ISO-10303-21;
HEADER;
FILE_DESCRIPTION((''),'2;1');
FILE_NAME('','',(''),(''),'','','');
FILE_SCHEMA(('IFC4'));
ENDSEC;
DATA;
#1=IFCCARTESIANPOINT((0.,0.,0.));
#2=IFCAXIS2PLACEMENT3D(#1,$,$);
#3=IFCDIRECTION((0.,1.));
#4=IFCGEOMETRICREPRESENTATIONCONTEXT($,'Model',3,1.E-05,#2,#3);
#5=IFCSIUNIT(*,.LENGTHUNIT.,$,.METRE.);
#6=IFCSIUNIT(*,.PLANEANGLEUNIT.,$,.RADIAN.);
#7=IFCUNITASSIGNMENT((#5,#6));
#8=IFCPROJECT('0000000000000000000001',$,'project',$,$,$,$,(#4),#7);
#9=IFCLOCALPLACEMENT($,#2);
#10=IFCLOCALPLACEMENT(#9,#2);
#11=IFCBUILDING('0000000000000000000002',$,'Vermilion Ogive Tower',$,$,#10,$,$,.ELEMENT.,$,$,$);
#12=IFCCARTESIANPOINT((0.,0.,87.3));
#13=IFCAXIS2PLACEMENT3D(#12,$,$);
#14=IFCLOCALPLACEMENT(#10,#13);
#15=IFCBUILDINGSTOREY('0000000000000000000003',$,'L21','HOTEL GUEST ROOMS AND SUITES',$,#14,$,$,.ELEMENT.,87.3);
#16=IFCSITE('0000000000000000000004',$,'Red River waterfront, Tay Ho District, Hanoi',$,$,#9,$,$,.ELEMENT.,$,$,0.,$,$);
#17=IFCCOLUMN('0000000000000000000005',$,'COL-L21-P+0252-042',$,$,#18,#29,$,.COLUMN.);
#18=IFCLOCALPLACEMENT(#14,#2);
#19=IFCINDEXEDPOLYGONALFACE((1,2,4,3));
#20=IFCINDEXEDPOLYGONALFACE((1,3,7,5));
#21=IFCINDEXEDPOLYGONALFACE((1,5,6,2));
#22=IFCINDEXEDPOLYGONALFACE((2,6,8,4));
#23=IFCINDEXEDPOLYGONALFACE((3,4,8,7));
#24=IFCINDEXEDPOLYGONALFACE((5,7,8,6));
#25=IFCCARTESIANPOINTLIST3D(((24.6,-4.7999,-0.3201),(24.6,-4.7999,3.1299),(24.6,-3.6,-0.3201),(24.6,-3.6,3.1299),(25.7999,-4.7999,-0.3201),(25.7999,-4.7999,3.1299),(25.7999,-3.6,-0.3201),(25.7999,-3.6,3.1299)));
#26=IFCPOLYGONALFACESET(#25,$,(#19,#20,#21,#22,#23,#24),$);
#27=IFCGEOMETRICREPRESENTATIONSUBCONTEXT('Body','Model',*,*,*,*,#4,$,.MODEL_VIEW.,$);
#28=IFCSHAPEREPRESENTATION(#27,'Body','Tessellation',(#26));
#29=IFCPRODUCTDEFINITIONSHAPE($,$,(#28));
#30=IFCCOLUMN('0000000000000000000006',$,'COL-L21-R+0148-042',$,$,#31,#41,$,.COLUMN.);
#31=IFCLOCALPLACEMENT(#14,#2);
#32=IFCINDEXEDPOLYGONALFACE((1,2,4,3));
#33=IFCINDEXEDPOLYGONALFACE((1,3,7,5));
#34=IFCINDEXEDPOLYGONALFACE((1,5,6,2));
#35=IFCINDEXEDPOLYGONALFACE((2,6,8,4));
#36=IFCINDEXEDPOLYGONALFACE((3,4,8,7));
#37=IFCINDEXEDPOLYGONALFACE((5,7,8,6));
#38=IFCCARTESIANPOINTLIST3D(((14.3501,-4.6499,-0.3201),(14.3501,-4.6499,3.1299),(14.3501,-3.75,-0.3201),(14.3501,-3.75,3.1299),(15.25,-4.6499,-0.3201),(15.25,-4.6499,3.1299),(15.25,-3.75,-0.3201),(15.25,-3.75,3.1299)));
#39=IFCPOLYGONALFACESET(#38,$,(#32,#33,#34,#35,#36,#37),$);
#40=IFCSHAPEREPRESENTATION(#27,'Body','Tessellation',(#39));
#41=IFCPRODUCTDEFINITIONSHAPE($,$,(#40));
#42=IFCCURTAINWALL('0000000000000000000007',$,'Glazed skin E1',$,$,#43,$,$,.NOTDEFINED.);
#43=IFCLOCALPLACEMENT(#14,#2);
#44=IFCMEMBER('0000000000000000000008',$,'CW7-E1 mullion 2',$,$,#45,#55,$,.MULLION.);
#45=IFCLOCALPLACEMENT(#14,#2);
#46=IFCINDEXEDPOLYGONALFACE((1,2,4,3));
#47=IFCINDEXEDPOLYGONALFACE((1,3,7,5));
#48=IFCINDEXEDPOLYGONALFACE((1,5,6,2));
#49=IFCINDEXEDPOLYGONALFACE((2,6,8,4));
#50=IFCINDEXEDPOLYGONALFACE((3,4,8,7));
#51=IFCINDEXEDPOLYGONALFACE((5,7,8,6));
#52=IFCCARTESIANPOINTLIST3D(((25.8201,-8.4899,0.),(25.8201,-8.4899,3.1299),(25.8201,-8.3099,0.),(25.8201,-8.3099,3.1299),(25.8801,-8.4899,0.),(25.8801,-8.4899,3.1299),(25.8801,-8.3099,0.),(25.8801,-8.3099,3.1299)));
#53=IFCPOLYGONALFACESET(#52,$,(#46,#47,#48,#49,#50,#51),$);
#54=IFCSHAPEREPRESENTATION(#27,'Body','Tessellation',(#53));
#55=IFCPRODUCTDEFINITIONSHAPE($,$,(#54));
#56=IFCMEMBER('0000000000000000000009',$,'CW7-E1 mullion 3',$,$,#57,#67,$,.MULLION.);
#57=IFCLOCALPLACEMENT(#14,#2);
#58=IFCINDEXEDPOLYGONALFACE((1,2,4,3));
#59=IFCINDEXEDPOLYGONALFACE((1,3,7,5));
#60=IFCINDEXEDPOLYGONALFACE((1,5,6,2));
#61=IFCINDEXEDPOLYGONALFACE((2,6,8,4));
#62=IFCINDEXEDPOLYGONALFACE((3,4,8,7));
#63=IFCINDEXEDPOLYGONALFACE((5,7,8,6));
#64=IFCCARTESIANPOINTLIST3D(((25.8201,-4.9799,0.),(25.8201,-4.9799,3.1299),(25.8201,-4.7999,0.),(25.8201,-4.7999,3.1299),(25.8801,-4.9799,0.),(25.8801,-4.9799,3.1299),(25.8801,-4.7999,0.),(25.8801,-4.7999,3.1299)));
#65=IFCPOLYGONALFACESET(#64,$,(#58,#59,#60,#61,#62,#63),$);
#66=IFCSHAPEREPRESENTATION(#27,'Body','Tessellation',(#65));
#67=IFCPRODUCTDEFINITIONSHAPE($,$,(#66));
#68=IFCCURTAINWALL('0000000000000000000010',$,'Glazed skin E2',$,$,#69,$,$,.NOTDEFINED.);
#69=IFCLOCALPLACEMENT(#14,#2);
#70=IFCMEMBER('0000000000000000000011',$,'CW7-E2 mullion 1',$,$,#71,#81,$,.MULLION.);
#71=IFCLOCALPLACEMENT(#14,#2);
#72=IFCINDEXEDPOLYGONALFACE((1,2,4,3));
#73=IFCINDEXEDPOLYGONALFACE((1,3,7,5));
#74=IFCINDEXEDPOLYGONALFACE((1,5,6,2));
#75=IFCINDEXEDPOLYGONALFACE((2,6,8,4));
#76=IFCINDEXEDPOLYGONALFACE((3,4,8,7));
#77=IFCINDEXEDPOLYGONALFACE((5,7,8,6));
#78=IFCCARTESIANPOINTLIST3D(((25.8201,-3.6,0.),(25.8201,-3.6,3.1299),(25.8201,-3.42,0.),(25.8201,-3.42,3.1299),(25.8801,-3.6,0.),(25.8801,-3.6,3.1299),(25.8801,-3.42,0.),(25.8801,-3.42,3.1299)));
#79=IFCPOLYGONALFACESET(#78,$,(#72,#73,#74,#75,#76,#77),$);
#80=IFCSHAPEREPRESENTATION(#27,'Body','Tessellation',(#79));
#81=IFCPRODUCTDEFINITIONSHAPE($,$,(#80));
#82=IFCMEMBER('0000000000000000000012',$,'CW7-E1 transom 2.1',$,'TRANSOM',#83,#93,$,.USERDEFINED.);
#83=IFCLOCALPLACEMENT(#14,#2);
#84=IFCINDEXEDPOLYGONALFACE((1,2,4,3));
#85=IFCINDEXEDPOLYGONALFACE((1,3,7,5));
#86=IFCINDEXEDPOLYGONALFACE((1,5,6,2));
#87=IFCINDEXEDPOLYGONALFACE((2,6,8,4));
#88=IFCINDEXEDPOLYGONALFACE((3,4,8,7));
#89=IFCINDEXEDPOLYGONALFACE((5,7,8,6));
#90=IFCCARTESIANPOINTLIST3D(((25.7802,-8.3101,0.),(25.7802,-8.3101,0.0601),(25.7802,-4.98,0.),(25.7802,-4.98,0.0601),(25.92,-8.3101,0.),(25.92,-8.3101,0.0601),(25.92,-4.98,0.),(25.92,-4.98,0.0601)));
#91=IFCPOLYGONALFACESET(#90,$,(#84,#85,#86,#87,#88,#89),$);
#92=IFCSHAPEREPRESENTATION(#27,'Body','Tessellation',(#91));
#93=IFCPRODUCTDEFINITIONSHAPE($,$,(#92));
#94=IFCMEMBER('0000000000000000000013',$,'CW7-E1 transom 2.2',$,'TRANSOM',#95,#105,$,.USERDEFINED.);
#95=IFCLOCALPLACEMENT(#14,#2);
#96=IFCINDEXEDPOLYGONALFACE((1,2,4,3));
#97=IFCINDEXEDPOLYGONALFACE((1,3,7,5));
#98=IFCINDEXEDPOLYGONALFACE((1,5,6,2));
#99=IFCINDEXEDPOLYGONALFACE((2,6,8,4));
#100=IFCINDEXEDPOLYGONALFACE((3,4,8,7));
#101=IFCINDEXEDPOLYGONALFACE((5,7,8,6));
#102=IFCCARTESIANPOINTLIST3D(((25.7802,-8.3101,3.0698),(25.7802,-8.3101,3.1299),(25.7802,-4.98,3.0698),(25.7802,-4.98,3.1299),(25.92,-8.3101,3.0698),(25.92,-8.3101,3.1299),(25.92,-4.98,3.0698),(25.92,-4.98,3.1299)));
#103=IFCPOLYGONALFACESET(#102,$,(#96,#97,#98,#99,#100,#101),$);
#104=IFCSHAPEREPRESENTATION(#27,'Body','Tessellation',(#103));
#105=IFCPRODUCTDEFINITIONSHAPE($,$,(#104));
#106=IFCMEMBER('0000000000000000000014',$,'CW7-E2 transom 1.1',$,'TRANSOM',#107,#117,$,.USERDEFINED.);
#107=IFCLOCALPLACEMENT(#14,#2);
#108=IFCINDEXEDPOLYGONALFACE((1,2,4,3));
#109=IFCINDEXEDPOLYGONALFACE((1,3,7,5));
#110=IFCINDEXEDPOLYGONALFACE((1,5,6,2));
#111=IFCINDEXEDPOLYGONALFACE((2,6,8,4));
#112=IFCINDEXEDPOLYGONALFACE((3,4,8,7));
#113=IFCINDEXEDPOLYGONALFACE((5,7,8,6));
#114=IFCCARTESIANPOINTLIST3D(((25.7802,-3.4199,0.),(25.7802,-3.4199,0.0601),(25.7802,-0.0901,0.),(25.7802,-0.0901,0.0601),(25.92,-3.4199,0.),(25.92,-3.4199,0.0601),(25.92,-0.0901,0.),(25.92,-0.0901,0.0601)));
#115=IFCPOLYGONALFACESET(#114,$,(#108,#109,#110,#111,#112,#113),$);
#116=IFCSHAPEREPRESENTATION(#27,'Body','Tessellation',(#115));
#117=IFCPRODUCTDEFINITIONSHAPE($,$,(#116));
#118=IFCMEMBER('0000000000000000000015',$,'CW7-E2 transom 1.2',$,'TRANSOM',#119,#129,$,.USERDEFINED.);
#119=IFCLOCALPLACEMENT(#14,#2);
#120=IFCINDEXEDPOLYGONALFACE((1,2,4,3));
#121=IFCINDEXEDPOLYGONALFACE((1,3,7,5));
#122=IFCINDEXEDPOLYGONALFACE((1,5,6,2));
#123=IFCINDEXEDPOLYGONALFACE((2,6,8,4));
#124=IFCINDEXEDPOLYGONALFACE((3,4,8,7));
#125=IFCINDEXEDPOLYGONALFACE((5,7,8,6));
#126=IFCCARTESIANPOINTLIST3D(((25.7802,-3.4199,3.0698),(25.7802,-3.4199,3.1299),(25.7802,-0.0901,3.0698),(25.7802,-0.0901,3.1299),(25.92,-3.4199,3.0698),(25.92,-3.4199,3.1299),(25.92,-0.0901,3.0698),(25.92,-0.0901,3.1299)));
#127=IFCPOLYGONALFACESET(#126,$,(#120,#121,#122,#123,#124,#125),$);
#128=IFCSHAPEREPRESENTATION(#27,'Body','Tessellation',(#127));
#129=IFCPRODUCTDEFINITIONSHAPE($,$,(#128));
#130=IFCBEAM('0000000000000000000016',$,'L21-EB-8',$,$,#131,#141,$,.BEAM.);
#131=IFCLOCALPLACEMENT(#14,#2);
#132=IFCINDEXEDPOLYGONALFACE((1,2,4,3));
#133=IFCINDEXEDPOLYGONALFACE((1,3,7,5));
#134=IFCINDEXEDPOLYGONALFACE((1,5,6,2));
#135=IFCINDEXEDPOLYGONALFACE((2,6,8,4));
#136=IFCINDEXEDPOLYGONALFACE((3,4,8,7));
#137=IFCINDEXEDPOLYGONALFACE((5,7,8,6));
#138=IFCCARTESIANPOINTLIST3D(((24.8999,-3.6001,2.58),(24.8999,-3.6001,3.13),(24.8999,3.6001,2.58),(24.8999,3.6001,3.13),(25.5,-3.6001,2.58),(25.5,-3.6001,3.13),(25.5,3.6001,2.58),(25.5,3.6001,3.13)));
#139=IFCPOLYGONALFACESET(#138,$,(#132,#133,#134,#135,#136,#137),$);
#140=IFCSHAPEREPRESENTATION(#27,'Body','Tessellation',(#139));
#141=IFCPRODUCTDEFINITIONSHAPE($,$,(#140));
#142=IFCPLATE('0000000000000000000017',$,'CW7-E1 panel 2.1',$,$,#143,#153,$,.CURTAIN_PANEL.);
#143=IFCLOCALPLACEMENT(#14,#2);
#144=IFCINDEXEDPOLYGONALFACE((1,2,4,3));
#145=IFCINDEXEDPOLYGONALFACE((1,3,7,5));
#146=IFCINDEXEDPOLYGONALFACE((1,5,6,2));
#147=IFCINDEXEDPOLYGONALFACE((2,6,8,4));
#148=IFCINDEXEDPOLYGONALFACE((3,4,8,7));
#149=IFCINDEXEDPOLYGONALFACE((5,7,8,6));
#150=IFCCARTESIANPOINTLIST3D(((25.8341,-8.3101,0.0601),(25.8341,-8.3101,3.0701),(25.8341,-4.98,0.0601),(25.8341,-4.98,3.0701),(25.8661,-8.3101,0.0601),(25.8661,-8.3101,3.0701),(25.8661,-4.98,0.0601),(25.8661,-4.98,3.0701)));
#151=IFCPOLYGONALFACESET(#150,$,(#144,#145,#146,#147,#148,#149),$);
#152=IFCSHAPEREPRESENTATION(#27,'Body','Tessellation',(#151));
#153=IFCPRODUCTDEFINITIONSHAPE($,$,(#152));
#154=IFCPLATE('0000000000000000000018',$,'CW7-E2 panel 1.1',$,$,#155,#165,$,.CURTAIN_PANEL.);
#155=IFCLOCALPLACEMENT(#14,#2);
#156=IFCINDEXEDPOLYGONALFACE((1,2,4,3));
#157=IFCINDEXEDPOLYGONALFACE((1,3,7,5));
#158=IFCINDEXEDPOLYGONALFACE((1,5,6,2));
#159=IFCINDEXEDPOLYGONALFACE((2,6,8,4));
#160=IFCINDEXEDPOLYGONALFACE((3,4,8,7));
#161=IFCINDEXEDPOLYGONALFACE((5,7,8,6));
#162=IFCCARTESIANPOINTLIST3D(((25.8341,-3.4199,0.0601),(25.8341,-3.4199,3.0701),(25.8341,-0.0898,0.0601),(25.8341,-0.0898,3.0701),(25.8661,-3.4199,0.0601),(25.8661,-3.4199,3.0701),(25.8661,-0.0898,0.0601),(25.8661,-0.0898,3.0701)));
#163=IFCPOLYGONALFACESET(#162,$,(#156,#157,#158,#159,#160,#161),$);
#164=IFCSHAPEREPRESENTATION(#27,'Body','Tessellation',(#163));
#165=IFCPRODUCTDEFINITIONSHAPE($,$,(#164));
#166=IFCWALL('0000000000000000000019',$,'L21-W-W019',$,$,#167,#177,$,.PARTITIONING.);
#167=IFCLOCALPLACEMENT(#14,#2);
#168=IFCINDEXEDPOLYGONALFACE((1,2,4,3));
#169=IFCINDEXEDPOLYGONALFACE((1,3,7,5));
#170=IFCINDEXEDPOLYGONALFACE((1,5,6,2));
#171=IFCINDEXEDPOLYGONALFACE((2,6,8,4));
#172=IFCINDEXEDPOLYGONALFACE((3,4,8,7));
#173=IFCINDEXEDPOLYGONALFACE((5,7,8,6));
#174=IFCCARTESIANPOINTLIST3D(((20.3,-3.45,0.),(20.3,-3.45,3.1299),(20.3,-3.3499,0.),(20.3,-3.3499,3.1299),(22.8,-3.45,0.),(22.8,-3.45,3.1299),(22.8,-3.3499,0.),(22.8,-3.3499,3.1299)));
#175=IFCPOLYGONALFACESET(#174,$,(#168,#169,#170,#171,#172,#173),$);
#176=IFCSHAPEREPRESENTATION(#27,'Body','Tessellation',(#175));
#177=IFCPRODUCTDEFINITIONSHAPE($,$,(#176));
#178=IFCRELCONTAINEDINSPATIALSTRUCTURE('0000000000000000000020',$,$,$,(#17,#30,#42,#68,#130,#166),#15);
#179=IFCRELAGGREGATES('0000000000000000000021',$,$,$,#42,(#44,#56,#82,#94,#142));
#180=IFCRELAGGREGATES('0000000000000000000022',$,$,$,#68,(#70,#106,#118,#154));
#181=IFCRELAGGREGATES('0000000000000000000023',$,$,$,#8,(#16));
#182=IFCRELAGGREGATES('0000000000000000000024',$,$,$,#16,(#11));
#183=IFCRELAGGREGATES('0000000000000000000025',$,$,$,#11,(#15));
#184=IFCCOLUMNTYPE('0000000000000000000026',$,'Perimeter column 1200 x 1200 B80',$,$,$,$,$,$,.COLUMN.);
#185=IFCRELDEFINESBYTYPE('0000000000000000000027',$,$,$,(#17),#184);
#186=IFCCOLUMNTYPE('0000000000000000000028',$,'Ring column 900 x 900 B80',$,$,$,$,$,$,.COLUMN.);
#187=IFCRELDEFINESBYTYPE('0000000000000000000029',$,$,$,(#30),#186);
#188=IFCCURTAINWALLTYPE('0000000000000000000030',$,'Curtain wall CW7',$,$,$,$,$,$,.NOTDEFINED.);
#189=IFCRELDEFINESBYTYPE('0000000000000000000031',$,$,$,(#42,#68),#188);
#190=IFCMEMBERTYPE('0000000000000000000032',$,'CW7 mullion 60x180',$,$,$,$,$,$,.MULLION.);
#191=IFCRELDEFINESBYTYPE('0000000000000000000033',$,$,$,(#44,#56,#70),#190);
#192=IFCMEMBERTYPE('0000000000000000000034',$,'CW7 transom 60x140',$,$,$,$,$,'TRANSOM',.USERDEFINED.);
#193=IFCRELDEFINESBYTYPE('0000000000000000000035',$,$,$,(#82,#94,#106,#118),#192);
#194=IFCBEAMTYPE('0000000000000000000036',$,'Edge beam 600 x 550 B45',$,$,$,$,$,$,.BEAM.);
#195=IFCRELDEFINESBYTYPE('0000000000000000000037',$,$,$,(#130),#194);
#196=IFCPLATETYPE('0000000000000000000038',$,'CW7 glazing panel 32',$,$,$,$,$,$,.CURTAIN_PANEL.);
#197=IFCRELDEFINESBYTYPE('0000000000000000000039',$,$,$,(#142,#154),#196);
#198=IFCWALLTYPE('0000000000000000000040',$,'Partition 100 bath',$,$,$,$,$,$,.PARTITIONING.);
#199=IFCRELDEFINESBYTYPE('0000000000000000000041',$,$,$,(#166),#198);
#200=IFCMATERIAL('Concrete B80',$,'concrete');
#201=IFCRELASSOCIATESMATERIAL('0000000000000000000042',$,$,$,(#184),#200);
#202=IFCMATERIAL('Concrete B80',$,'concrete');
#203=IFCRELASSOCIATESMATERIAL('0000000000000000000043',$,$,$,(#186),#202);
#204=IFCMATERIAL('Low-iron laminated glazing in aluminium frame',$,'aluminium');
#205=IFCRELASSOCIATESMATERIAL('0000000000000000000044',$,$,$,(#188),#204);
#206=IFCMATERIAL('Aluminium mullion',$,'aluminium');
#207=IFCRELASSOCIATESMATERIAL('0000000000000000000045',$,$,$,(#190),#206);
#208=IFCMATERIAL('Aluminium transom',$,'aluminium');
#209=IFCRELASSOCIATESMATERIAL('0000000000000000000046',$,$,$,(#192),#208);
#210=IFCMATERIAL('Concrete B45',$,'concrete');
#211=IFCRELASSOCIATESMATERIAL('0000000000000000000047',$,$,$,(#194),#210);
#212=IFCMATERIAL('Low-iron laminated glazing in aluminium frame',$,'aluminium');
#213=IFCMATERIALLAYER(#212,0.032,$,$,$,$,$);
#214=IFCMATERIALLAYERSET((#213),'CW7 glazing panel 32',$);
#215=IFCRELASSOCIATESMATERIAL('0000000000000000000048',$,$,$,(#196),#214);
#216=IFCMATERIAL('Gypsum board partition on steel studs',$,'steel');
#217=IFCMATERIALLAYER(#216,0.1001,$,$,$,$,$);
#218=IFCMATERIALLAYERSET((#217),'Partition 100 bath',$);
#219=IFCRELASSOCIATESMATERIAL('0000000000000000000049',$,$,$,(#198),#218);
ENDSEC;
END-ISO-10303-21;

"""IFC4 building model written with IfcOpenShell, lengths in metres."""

from ifc_helpers import new_model, si_unit, direction, frame, frame_2d, origin, origin_2d, place, context, subcontext, project, spatial, rectangle, extrude, material, layer, layer_set, material_profile, profile_set, type_object, element, aggregate, save


model = new_model("IFC4")

# Units and contexts
model_context = context("Model", 3, precision=1e-05, world=origin(), true_north=direction((0.0, 1.0)))
body_context = subcontext(model_context, "Body", "Model", "MODEL_VIEW")
ifc_project = project(units=[si_unit("LENGTHUNIT", "METRE"), si_unit("PLANEANGLEUNIT", "RADIAN")], contexts=[model_context])

# Site, building, storey
site_placement = place(None, origin())
site = spatial("IfcSite", under=ifc_project, at=site_placement, Name="Red River waterfront, Tay Ho District, Hanoi", CompositionType="ELEMENT", RefElevation=0.0)
building_placement = place(site_placement, origin())
building = spatial("IfcBuilding", under=site, at=building_placement, Name="Vermilion Ogive Tower", CompositionType="ELEMENT")
storey_placement = place(building_placement, frame((0.0, 0.0, 87.3)))
storey = spatial("IfcBuildingStorey", under=building, at=storey_placement, Name="L21", Description="HOTEL GUEST ROOMS AND SUITES", CompositionType="ELEMENT", Elevation=87.3)

# Columns
ifc_material_1 = material(Name="Concrete B80", Category="concrete")
ifc_material_profile_1 = material_profile(ifc_material_1, rectangle(XDim=1.2, YDim=1.2, at=origin_2d()), Name="1200 x 1200")
ifc_profile_set_1 = profile_set([ifc_material_profile_1], Name="Concrete B80")
column_type_1 = type_object("IfcColumnType", Name="Perimeter column 1200 x 1200 B80", PredefinedType="COLUMN", material=ifc_profile_set_1)
column_1_placement = place(storey_placement, frame((25.2, -4.2, -0.3201), z_axis=(0.0, 0.0, 1.0), x_axis=(1.0, 0.0, 0.0)))
element("IfcColumn", 1, at=column_1_placement, inside=storey, type_object=column_type_1, Name="COL-L21-P+0252-042", PredefinedType="COLUMN", context=body_context, shape_type="SweptSolid", body=[
    extrude(rectangle(XDim=1.2, YDim=1.2, at=origin_2d()), origin(), (0.0, 0.0, 1.0), 3.45),
])
ifc_material_2 = material(Name="Concrete B80", Category="concrete")
ifc_material_profile_2 = material_profile(ifc_material_2, rectangle(XDim=0.8999, YDim=0.8999, at=origin_2d()), Name="900 x 900")
ifc_profile_set_2 = profile_set([ifc_material_profile_2], Name="Concrete B80")
column_type_2 = type_object("IfcColumnType", Name="Ring column 900 x 900 B80", PredefinedType="COLUMN", material=ifc_profile_set_2)
column_2_placement = place(storey_placement, frame((14.8, -4.2, -0.3201), z_axis=(0.0, 0.0, 1.0), x_axis=(1.0, 0.0, 0.0)))
element("IfcColumn", 2, at=column_2_placement, inside=storey, type_object=column_type_2, Name="COL-L21-R+0148-042", PredefinedType="COLUMN", context=body_context, shape_type="SweptSolid", body=[
    extrude(rectangle(XDim=0.8999, YDim=0.8999, at=origin_2d()), origin(), (0.0, 0.0, 1.0), 3.45),
])

# Curtain wall, members
ifc_material_3 = material(Name="Low-iron laminated glazing in aluminium frame", Category="aluminium")
curtain_wall_type = type_object("IfcCurtainWallType", Name="Curtain wall CW7", PredefinedType="NOTDEFINED", material=ifc_material_3)
curtain_wall_1_placement = place(storey_placement, origin())
curtain_wall_1 = element("IfcCurtainWall", 3, at=curtain_wall_1_placement, inside=storey, type_object=curtain_wall_type, Name="Glazed skin E1", PredefinedType="NOTDEFINED")
ifc_material_4 = material(Name="Aluminium mullion", Category="aluminium")
ifc_material_profile_3 = material_profile(ifc_material_4, rectangle(XDim=0.0601, YDim=0.1799, at=origin_2d()), Name="AL 60x180")
ifc_profile_set_3 = profile_set([ifc_material_profile_3], Name="Aluminium mullion")
member_type_1 = type_object("IfcMemberType", Name="CW7 mullion 60x180", PredefinedType="MULLION", material=ifc_profile_set_3)
member_1_placement = place(storey_placement, frame((25.8501, -8.3999, 0.0), z_axis=(0.0, 0.0, 1.0), x_axis=(-1.0, 0.0, 0.0)))
member_1 = element("IfcMember", 4, at=member_1_placement, type_object=member_type_1, Name="CW7-E1 mullion 2", PredefinedType="MULLION", context=body_context, shape_type="SweptSolid", body=[
    extrude(rectangle(XDim=0.0601, YDim=0.1799, at=origin_2d()), origin(), (0.0, 0.0, 1.0), 3.1299),
])
member_2_placement = place(storey_placement, frame((25.8501, -4.8899, 0.0), z_axis=(0.0, 0.0, 1.0), x_axis=(-1.0, 0.0, 0.0)))
member_2 = element("IfcMember", 5, at=member_2_placement, type_object=member_type_1, Name="CW7-E1 mullion 3", PredefinedType="MULLION", context=body_context, shape_type="SweptSolid", body=[
    extrude(rectangle(XDim=0.0601, YDim=0.1799, at=origin_2d()), origin(), (0.0, 0.0, 1.0), 3.1299),
])

# Curtain wall, member
curtain_wall_2_placement = place(storey_placement, origin())
curtain_wall_2 = element("IfcCurtainWall", 6, at=curtain_wall_2_placement, inside=storey, type_object=curtain_wall_type, Name="Glazed skin E2", PredefinedType="NOTDEFINED")
member_3_placement = place(storey_placement, frame((25.8501, -3.51, 0.0), z_axis=(0.0, 0.0, 1.0), x_axis=(-1.0, 0.0, 0.0)))
member_3 = element("IfcMember", 7, at=member_3_placement, type_object=member_type_1, Name="CW7-E2 mullion 1", PredefinedType="MULLION", context=body_context, shape_type="SweptSolid", body=[
    extrude(rectangle(XDim=0.0601, YDim=0.1799, at=origin_2d()), origin(), (0.0, 0.0, 1.0), 3.1299),
])

# Members
ifc_material_5 = material(Name="Aluminium transom", Category="aluminium")
ifc_material_profile_4 = material_profile(ifc_material_5, rectangle(XDim=0.1399, YDim=0.0601, at=origin_2d()), Name="AL 60x140")
ifc_profile_set_4 = profile_set([ifc_material_profile_4], Name="Aluminium transom")
member_type_2 = type_object("IfcMemberType", Name="CW7 transom 60x140", ElementType="TRANSOM", PredefinedType="USERDEFINED", material=ifc_profile_set_4)
member_4_placement = place(storey_placement, frame((25.8501, -8.3101, 0.03), z_axis=(0.0, 1.0, 0.0), x_axis=(-1.0, 0.0, 0.0)))
member_4 = element("IfcMember", 8, at=member_4_placement, type_object=member_type_2, Name="CW7-E1 transom 2.1", ObjectType="TRANSOM", PredefinedType="USERDEFINED", context=body_context, shape_type="SweptSolid", body=[
    extrude(rectangle(XDim=0.1399, YDim=0.0601, at=origin_2d()), origin(), (0.0, 0.0, 1.0), 3.3301),
])
member_5_placement = place(storey_placement, frame((25.8501, -8.3101, 3.0999), z_axis=(0.0, 1.0, 0.0), x_axis=(-1.0, 0.0, 0.0)))
member_5 = element("IfcMember", 9, at=member_5_placement, type_object=member_type_2, Name="CW7-E1 transom 2.2", ObjectType="TRANSOM", PredefinedType="USERDEFINED", context=body_context, shape_type="SweptSolid", body=[
    extrude(rectangle(XDim=0.1399, YDim=0.0601, at=origin_2d()), origin(), (0.0, 0.0, 1.0), 3.3301),
])
member_6_placement = place(storey_placement, frame((25.8501, -3.4199, 0.03), z_axis=(0.0, 1.0, 0.0), x_axis=(-1.0, 0.0, 0.0)))
member_6 = element("IfcMember", 10, at=member_6_placement, type_object=member_type_2, Name="CW7-E2 transom 1.1", ObjectType="TRANSOM", PredefinedType="USERDEFINED", context=body_context, shape_type="SweptSolid", body=[
    extrude(rectangle(XDim=0.1399, YDim=0.0601, at=origin_2d()), origin(), (0.0, 0.0, 1.0), 3.3298),
])
member_7_placement = place(storey_placement, frame((25.8501, -3.4199, 3.0999), z_axis=(0.0, 1.0, 0.0), x_axis=(-1.0, 0.0, 0.0)))
member_7 = element("IfcMember", 11, at=member_7_placement, type_object=member_type_2, Name="CW7-E2 transom 1.2", ObjectType="TRANSOM", PredefinedType="USERDEFINED", context=body_context, shape_type="SweptSolid", body=[
    extrude(rectangle(XDim=0.1399, YDim=0.0601, at=origin_2d()), origin(), (0.0, 0.0, 1.0), 3.3298),
])

# Beam
ifc_material_6 = material(Name="Concrete B45", Category="concrete")
ifc_material_profile_5 = material_profile(ifc_material_6, rectangle(XDim=0.6001, YDim=0.55, at=origin_2d()), Name="600 x 550")
ifc_profile_set_5 = profile_set([ifc_material_profile_5], Name="Concrete B45")
beam_type = type_object("IfcBeamType", Name="Edge beam 600 x 550 B45", PredefinedType="BEAM", material=ifc_profile_set_5)
beam_placement = place(storey_placement, frame((25.2, -3.6001, 2.855), z_axis=(0.0, 1.0, 0.0), x_axis=(-1.0, 0.0, 0.0)))
element("IfcBeam", 12, at=beam_placement, inside=storey, type_object=beam_type, Name="L21-EB-8", PredefinedType="BEAM", context=body_context, shape_type="SweptSolid", body=[
    extrude(rectangle(XDim=0.6001, YDim=0.55, at=origin_2d()), origin(), (0.0, 0.0, 1.0), 7.2002),
])

# Plates
ifc_material_7 = material(Name="Low-iron laminated glazing in aluminium frame", Category="aluminium")
ifc_layer_1 = layer(ifc_material_7, 0.032)
ifc_layer_set_1 = layer_set([ifc_layer_1], Name="CW7 glazing panel 32")
plate_type = type_object("IfcPlateType", Name="CW7 glazing panel 32", PredefinedType="CURTAIN_PANEL", material=ifc_layer_set_1)
plate_1_placement = place(storey_placement, frame((25.8501, -6.645, 0.0601), z_axis=(0.0, 0.0, 1.0), x_axis=(0.0, 1.0, 0.0)))
plate_1 = element("IfcPlate", 13, at=plate_1_placement, type_object=plate_type, Name="CW7-E1 panel 2.1", PredefinedType="CURTAIN_PANEL", context=body_context, shape_type="SweptSolid", body=[
    extrude(rectangle(XDim=3.3301, YDim=0.032, at=origin_2d()), origin(), (0.0, 0.0, 1.0), 3.01),
])
aggregate(curtain_wall_1, [member_1, member_2, member_4, member_5, plate_1])
plate_2_placement = place(storey_placement, frame((25.8501, -1.7549, 0.0601), z_axis=(0.0, 0.0, 1.0), x_axis=(0.0, 1.0, 0.0)))
plate_2 = element("IfcPlate", 14, at=plate_2_placement, type_object=plate_type, Name="CW7-E2 panel 1.1", PredefinedType="CURTAIN_PANEL", context=body_context, shape_type="SweptSolid", body=[
    extrude(rectangle(XDim=3.3301, YDim=0.032, at=origin_2d()), origin(), (0.0, 0.0, 1.0), 3.01),
])
aggregate(curtain_wall_2, [member_3, member_6, member_7, plate_2])

# Wall
ifc_material_8 = material(Name="Gypsum board partition on steel studs", Category="steel")
ifc_layer_2 = layer(ifc_material_8, 0.1001)
ifc_layer_set_2 = layer_set([ifc_layer_2], Name="Partition 100 bath")
wall_type_1 = type_object("IfcWallType", Name="Partition 100 bath", PredefinedType="PARTITIONING", material=ifc_layer_set_2)
wall_1_placement = place(storey_placement, frame((20.3, -3.3999, 0.0), z_axis=(0.0, 0.0, 1.0), x_axis=(1.0, 0.0, 0.0)))
element("IfcWall", 15, at=wall_1_placement, inside=storey, type_object=wall_type_1, Name="L21-W-W019", PredefinedType="PARTITIONING", context=body_context, shape_type="SweptSolid", body=[
    extrude(rectangle(XDim=2.5, YDim=0.1001, at=frame_2d((1.25, 0.0))), origin(), (0.0, 0.0, 1.0), 3.1299),
])

save(model, "model.ifc")
